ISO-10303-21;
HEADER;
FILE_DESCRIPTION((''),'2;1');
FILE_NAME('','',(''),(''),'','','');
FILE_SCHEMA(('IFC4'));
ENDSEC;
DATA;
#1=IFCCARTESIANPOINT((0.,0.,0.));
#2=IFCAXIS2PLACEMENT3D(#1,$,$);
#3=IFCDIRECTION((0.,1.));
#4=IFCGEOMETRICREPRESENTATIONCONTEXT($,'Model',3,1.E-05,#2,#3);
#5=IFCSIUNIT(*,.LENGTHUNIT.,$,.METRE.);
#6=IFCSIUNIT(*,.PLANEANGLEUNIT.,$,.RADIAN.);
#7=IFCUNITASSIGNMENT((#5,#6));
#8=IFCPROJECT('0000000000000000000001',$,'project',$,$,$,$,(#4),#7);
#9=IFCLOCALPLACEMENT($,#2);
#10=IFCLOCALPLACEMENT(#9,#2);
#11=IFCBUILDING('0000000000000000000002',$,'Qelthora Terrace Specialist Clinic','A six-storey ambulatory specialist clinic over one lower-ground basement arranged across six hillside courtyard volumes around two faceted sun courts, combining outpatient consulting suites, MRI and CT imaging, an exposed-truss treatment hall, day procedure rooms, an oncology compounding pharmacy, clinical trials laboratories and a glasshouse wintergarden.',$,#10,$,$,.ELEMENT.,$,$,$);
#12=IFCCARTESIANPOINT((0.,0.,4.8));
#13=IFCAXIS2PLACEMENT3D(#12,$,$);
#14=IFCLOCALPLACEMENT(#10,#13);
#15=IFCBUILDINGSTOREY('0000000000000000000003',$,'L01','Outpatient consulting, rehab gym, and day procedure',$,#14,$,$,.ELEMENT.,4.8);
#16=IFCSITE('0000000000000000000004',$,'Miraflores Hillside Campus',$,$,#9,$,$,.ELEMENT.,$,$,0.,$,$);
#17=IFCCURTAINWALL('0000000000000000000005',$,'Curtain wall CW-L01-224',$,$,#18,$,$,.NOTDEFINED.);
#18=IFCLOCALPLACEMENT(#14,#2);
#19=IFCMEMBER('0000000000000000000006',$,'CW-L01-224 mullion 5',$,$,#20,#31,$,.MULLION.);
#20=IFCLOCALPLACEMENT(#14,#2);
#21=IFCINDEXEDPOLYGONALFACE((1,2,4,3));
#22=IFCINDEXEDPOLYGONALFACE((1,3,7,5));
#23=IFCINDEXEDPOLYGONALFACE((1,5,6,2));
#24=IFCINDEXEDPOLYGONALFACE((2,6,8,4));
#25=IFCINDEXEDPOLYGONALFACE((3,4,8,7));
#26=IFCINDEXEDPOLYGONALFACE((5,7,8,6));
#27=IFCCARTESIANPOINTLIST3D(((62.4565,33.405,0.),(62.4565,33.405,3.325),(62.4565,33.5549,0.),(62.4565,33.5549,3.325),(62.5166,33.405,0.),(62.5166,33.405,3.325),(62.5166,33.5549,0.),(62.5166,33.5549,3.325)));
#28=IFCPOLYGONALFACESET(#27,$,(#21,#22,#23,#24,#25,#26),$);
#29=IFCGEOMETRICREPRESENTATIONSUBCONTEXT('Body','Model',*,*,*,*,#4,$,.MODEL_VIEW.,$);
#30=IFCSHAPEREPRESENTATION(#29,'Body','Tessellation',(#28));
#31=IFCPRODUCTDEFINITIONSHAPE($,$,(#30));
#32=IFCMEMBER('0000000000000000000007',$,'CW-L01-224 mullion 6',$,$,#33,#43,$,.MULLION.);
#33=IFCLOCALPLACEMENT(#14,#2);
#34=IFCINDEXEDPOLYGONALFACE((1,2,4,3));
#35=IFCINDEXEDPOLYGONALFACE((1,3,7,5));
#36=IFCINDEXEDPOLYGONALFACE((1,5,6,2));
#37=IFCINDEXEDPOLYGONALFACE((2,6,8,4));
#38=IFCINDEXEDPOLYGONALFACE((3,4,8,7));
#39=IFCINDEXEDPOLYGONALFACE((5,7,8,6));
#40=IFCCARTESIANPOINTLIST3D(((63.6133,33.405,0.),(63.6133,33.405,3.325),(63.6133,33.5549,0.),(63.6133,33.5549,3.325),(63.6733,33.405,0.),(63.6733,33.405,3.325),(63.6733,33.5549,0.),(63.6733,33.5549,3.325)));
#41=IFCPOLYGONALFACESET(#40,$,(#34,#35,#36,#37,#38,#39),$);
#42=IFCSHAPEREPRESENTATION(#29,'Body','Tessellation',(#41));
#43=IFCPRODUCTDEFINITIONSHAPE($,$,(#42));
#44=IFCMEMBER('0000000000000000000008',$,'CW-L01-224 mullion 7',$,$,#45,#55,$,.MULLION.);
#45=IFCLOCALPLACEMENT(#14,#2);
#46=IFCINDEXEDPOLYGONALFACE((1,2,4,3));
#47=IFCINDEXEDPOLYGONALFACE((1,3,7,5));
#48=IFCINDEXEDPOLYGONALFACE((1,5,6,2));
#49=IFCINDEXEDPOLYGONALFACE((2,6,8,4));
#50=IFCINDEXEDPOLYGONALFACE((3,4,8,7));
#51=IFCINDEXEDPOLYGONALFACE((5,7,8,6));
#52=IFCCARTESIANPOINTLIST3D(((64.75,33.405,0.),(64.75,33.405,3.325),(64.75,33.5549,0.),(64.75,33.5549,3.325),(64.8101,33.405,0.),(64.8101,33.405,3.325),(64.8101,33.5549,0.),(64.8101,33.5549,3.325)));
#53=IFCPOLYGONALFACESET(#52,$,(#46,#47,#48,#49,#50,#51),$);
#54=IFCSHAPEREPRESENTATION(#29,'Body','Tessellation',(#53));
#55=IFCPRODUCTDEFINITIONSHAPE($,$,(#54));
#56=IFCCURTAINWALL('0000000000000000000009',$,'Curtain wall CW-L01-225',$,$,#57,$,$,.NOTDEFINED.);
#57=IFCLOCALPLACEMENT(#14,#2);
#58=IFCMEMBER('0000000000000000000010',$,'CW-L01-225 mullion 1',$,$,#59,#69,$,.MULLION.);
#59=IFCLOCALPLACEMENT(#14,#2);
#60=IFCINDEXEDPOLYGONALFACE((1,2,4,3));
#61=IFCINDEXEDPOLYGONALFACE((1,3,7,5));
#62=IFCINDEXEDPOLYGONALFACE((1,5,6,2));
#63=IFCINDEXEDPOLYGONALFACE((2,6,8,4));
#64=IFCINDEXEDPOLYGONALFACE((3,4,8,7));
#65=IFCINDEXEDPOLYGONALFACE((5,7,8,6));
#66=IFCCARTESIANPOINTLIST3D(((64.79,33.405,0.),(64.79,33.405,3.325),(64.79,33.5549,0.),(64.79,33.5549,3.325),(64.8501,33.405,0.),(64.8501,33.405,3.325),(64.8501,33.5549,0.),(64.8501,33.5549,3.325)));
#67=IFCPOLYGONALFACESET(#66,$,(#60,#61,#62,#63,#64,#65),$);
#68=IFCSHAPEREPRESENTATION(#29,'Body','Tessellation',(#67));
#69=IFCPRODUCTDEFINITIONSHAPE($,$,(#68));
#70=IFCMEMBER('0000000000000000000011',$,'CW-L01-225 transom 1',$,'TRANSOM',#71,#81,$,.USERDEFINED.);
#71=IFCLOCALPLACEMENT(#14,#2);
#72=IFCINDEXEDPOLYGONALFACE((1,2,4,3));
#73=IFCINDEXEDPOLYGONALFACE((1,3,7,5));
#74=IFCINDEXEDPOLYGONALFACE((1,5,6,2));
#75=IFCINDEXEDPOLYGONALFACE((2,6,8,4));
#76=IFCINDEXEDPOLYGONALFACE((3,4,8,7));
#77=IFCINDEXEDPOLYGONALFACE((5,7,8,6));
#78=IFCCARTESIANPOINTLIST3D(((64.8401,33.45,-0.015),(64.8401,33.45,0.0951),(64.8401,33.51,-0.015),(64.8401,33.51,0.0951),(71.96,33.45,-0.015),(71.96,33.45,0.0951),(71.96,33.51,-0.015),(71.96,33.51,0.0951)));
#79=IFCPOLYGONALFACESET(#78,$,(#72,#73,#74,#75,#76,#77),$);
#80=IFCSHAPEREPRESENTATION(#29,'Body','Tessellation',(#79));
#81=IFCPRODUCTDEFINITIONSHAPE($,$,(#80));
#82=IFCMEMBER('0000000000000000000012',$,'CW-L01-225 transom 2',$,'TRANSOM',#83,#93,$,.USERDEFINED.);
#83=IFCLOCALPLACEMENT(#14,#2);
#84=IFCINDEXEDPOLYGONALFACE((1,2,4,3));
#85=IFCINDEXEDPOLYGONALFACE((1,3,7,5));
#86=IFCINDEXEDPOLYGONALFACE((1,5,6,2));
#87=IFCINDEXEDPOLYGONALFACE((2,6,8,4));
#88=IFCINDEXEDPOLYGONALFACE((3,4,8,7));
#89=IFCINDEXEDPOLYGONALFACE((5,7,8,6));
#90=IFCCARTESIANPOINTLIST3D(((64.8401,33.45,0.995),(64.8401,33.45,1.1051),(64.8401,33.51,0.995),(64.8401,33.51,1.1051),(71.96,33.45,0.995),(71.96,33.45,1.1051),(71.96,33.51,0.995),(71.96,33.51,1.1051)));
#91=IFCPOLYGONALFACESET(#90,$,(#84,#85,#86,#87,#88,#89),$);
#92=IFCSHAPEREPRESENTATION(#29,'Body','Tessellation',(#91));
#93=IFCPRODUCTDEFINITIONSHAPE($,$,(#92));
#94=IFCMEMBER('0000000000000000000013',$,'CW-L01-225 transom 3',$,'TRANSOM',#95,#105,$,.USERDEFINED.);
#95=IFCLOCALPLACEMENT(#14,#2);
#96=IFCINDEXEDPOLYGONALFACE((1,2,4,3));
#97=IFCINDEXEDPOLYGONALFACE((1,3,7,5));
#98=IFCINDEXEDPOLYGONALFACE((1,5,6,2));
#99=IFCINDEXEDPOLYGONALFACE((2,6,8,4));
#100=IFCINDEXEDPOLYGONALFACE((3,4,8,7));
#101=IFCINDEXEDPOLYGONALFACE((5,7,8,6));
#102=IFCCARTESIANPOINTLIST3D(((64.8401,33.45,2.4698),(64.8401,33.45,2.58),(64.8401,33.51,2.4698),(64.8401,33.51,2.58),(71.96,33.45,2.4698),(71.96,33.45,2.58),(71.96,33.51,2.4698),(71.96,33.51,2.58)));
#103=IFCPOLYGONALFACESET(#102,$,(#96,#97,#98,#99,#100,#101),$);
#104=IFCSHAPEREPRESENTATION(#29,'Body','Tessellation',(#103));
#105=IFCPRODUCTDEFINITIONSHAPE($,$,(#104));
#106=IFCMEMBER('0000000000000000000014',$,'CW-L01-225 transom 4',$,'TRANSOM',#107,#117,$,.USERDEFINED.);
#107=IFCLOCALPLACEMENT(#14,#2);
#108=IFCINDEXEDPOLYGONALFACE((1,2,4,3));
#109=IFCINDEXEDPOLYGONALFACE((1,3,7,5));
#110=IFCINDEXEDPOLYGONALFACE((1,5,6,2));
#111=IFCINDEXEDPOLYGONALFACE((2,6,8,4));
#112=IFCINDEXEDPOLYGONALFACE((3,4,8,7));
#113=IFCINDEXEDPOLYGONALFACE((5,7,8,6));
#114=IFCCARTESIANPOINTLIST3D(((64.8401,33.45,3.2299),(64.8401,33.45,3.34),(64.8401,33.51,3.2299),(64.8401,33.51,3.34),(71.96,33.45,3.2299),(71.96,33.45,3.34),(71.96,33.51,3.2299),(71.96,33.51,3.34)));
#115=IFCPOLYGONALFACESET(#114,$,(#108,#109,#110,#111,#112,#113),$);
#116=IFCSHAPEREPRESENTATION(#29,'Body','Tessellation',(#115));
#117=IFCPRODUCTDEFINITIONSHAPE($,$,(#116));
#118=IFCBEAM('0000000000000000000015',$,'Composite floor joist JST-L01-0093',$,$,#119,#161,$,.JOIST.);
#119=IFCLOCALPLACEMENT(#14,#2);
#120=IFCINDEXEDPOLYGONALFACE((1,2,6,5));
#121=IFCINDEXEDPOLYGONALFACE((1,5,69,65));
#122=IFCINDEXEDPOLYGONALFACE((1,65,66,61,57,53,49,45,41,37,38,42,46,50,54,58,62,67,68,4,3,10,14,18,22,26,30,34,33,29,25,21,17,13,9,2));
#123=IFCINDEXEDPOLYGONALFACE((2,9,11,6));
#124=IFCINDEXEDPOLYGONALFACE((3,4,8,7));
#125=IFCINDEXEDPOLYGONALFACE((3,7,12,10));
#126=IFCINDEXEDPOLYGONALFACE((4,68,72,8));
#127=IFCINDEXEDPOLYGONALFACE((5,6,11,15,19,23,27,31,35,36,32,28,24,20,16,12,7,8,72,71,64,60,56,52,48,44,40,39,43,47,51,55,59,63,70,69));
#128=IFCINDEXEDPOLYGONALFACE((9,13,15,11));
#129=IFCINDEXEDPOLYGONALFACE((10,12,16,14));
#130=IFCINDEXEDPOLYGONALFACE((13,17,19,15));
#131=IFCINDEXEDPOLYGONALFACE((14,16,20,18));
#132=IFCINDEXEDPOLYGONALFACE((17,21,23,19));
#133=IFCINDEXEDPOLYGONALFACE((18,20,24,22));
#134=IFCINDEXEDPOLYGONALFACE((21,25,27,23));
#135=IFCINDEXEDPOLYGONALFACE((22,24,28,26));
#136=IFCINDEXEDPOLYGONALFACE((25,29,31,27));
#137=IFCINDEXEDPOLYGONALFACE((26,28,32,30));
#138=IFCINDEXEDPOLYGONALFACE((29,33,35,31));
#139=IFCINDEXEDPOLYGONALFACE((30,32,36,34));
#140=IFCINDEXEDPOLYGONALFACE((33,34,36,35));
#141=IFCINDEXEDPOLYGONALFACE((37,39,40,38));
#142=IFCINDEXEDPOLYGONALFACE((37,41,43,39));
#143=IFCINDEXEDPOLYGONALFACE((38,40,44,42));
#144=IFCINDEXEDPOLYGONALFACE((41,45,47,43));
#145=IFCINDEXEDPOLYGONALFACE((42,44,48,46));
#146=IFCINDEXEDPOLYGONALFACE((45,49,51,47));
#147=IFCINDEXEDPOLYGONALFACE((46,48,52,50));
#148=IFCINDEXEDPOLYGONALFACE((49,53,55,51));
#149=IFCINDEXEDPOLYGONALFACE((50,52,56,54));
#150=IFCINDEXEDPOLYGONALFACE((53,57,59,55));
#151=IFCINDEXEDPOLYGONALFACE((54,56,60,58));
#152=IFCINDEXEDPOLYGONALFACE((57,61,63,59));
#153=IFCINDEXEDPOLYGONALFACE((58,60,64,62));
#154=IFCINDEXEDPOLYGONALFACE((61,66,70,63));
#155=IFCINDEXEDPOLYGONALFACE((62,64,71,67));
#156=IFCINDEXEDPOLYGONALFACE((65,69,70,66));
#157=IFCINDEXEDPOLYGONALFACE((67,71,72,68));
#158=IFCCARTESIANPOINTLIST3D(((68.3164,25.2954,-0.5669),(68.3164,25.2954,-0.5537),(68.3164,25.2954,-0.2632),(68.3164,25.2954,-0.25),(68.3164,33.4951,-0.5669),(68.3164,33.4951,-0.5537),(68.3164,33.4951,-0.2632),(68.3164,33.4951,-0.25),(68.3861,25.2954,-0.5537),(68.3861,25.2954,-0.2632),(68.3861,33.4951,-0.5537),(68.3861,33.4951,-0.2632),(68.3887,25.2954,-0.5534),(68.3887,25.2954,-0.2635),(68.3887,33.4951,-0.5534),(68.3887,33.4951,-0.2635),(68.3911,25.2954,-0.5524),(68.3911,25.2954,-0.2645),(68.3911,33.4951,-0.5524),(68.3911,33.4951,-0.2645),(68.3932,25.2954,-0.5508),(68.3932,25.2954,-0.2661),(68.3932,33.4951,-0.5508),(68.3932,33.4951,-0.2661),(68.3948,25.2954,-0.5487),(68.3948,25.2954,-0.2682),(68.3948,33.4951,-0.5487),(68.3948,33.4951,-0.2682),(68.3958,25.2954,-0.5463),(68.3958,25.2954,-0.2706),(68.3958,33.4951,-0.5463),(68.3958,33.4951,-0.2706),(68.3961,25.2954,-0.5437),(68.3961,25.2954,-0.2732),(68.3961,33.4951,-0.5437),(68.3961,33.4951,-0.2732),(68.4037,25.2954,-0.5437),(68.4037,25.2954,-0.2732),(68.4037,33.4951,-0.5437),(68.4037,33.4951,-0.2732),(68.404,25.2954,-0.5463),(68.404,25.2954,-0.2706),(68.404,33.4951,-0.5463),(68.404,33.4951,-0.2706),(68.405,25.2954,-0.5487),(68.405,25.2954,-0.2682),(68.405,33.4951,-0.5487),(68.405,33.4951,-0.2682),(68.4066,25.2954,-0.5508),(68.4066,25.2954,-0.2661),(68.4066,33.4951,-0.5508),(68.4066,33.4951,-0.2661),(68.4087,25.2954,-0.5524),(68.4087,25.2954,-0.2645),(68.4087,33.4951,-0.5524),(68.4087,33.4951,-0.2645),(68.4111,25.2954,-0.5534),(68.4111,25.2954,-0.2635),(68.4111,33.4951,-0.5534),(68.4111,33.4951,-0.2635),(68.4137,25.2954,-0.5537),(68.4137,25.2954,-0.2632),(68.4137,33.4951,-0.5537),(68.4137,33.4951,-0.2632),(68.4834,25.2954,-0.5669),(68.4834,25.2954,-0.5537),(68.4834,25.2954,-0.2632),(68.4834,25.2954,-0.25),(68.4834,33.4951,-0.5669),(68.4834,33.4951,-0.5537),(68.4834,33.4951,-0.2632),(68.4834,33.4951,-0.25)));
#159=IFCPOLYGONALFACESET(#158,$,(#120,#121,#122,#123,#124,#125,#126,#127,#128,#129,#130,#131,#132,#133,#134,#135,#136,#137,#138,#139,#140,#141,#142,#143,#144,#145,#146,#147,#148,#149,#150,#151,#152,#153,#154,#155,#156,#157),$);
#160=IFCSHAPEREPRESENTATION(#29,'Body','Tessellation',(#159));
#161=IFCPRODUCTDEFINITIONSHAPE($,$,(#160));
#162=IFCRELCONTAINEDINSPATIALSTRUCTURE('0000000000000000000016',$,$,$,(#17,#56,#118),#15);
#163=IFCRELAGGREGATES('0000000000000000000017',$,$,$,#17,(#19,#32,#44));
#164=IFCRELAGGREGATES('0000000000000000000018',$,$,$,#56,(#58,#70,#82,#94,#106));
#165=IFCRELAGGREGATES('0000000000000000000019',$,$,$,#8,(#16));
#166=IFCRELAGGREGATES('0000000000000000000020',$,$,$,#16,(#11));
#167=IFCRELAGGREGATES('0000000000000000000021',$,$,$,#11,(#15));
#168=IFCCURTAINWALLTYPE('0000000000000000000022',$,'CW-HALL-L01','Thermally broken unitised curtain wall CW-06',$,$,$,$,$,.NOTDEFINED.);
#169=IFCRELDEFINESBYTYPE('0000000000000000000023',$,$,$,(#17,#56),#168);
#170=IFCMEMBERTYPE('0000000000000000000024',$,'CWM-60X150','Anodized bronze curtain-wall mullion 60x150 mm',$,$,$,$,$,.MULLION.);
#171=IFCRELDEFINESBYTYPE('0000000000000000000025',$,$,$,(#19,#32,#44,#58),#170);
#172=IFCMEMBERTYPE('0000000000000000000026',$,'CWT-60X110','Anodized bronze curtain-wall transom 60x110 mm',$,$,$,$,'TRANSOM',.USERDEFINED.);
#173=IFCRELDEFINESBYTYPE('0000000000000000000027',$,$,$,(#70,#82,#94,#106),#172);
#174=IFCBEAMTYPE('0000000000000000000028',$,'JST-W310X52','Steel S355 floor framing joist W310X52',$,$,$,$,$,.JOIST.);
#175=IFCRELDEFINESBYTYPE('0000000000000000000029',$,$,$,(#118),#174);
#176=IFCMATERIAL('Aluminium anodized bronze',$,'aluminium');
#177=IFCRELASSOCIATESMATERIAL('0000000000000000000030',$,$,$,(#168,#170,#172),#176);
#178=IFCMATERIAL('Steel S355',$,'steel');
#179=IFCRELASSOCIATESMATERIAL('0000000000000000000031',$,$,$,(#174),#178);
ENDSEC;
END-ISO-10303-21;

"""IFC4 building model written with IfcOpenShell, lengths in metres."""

from ifc_helpers import new_model, si_unit, direction, frame, origin, origin_2d, place, context, subcontext, project, spatial, rectangle, i_section, extrude, material, material_profile, profile_set, type_object, element, aggregate, save


model = new_model("IFC4")

# Units and contexts
model_context = context("Model", 3, precision=1e-05, world=origin(), true_north=direction((0.0, 1.0)))
body_context = subcontext(model_context, "Body", "Model", "MODEL_VIEW")
ifc_project = project(units=[si_unit("LENGTHUNIT", "METRE"), si_unit("PLANEANGLEUNIT", "RADIAN")], contexts=[model_context])

# Site, building, storey
site_placement = place(None, origin())
site = spatial("IfcSite", under=ifc_project, at=site_placement, Name="Miraflores Hillside Campus", CompositionType="ELEMENT", RefElevation=0.0)
building_placement = place(site_placement, origin())
building = spatial("IfcBuilding", under=site, at=building_placement, Name="Qelthora Terrace Specialist Clinic", Description="A six-storey ambulatory specialist clinic over one lower-ground basement arranged across six hillside courtyard volumes around two faceted sun courts, combining outpatient consulting suites, MRI and CT imaging, an exposed-truss treatment hall, day procedure rooms, an oncology compounding pharmacy, clinical trials laboratories and a glasshouse wintergarden.", CompositionType="ELEMENT")
storey_placement = place(building_placement, frame((0.0, 0.0, 4.8)))
storey = spatial("IfcBuildingStorey", under=building, at=storey_placement, Name="L01", Description="Outpatient consulting, rehab gym, and day procedure", CompositionType="ELEMENT", Elevation=4.8)

# Curtain walls, members
ifc_material_1 = material(Name="Aluminium anodized bronze", Category="aluminium")
curtain_wall_type = type_object("IfcCurtainWallType", Name="CW-HALL-L01", Description="Thermally broken unitised curtain wall CW-06", PredefinedType="NOTDEFINED", material=ifc_material_1)
curtain_wall_1_placement = place(storey_placement, origin())
curtain_wall_1 = element("IfcCurtainWall", 1, at=curtain_wall_1_placement, inside=storey, type_object=curtain_wall_type, Name="Curtain wall CW-L01-224", PredefinedType="NOTDEFINED")
ifc_material_profile_1 = material_profile(ifc_material_1, rectangle(XDim=0.0601, YDim=0.1499, at=origin_2d()), Name="CWM60X150")
ifc_profile_set_1 = profile_set([ifc_material_profile_1], Name="Aluminium anodized bronze")
member_type_1 = type_object("IfcMemberType", Name="CWM-60X150", Description="Anodized bronze curtain-wall mullion 60x150 mm", PredefinedType="MULLION", material=ifc_profile_set_1)
member_1_placement = place(storey_placement, frame((62.4866, 33.48, 0.0), z_axis=(0.0, 0.0, 1.0), x_axis=(1.0, 0.0, 0.0)))
member_1 = element("IfcMember", 2, at=member_1_placement, type_object=member_type_1, Name="CW-L01-224 mullion 5", PredefinedType="MULLION", context=body_context, shape_type="SweptSolid", body=[
    extrude(rectangle(XDim=0.0601, YDim=0.1499, at=origin_2d()), origin(), (0.0, 0.0, 1.0), 3.325),
])
member_2_placement = place(storey_placement, frame((63.6433, 33.48, 0.0), z_axis=(0.0, 0.0, 1.0), x_axis=(1.0, 0.0, 0.0)))
member_2 = element("IfcMember", 3, at=member_2_placement, type_object=member_type_1, Name="CW-L01-224 mullion 6", PredefinedType="MULLION", context=body_context, shape_type="SweptSolid", body=[
    extrude(rectangle(XDim=0.0601, YDim=0.1499, at=origin_2d()), origin(), (0.0, 0.0, 1.0), 3.325),
])
member_3_placement = place(storey_placement, frame((64.78, 33.48, 0.0), z_axis=(0.0, 0.0, 1.0), x_axis=(1.0, 0.0, 0.0)))
member_3 = element("IfcMember", 4, at=member_3_placement, type_object=member_type_1, Name="CW-L01-224 mullion 7", PredefinedType="MULLION", context=body_context, shape_type="SweptSolid", body=[
    extrude(rectangle(XDim=0.0601, YDim=0.1499, at=origin_2d()), origin(), (0.0, 0.0, 1.0), 3.325),
])
curtain_wall_2_placement = place(storey_placement, origin())
curtain_wall_2 = element("IfcCurtainWall", 5, at=curtain_wall_2_placement, inside=storey, type_object=curtain_wall_type, Name="Curtain wall CW-L01-225", PredefinedType="NOTDEFINED")
member_4_placement = place(storey_placement, frame((64.8201, 33.48, 0.0), z_axis=(0.0, 0.0, 1.0), x_axis=(1.0, 0.0, 0.0)))
member_4 = element("IfcMember", 6, at=member_4_placement, type_object=member_type_1, Name="CW-L01-225 mullion 1", PredefinedType="MULLION", context=body_context, shape_type="SweptSolid", body=[
    extrude(rectangle(XDim=0.0601, YDim=0.1499, at=origin_2d()), origin(), (0.0, 0.0, 1.0), 3.325),
])
ifc_material_profile_2 = material_profile(ifc_material_1, rectangle(XDim=0.0601, YDim=0.1101, at=origin_2d()), Name="CWT60X110")
ifc_profile_set_2 = profile_set([ifc_material_profile_2], Name="Aluminium anodized bronze")
member_type_2 = type_object("IfcMemberType", Name="CWT-60X110", Description="Anodized bronze curtain-wall transom 60x110 mm", ElementType="TRANSOM", PredefinedType="USERDEFINED", material=ifc_profile_set_2)
member_5_placement = place(storey_placement, frame((64.8401, 33.48, 0.04), z_axis=(1.0, 0.0, 0.0), x_axis=(0.0, 1.0, 0.0)))
member_5 = element("IfcMember", 7, at=member_5_placement, type_object=member_type_2, Name="CW-L01-225 transom 1", ObjectType="TRANSOM", PredefinedType="USERDEFINED", context=body_context, shape_type="SweptSolid", body=[
    extrude(rectangle(XDim=0.0601, YDim=0.1101, at=origin_2d()), origin(), (0.0, 0.0, 1.0), 7.1199),
])
member_6_placement = place(storey_placement, frame((64.8401, 33.48, 1.05), z_axis=(1.0, 0.0, 0.0), x_axis=(0.0, 1.0, 0.0)))
member_6 = element("IfcMember", 8, at=member_6_placement, type_object=member_type_2, Name="CW-L01-225 transom 2", ObjectType="TRANSOM", PredefinedType="USERDEFINED", context=body_context, shape_type="SweptSolid", body=[
    extrude(rectangle(XDim=0.0601, YDim=0.1101, at=origin_2d()), origin(), (0.0, 0.0, 1.0), 7.1199),
])
member_7_placement = place(storey_placement, frame((64.8401, 33.48, 2.5249), z_axis=(1.0, 0.0, 0.0), x_axis=(0.0, 1.0, 0.0)))
member_7 = element("IfcMember", 9, at=member_7_placement, type_object=member_type_2, Name="CW-L01-225 transom 3", ObjectType="TRANSOM", PredefinedType="USERDEFINED", context=body_context, shape_type="SweptSolid", body=[
    extrude(rectangle(XDim=0.0601, YDim=0.1101, at=origin_2d()), origin(), (0.0, 0.0, 1.0), 7.1199),
])
member_8_placement = place(storey_placement, frame((64.8401, 33.48, 3.2849), z_axis=(1.0, 0.0, 0.0), x_axis=(0.0, 1.0, 0.0)))
member_8 = element("IfcMember", 10, at=member_8_placement, type_object=member_type_2, Name="CW-L01-225 transom 4", ObjectType="TRANSOM", PredefinedType="USERDEFINED", context=body_context, shape_type="SweptSolid", body=[
    extrude(rectangle(XDim=0.0601, YDim=0.1101, at=origin_2d()), origin(), (0.0, 0.0, 1.0), 7.1199),
])

# Beam
ifc_material_2 = material(Name="Steel S355", Category="steel")
ifc_material_profile_3 = material_profile(ifc_material_2, i_section(OverallWidth=0.167, OverallDepth=0.3169, WebThickness=0.0076, FlangeThickness=0.0132, FilletRadius=0.01, at=origin_2d()), Name="W310X52")
ifc_profile_set_3 = profile_set([ifc_material_profile_3], Name="Steel S355")
beam_type_1 = type_object("IfcBeamType", Name="JST-W310X52", Description="Steel S355 floor framing joist W310X52", PredefinedType="JOIST", material=ifc_profile_set_3)
beam_1_placement = place(storey_placement, frame((68.3999, 25.2954, -0.4084), z_axis=(0.0, 1.0, 0.0), x_axis=(-1.0, 0.0, 0.0)))
element("IfcBeam", 11, at=beam_1_placement, inside=storey, type_object=beam_type_1, Name="Composite floor joist JST-L01-0093", PredefinedType="JOIST", context=body_context, shape_type="SweptSolid", body=[
    extrude(i_section(OverallWidth=0.167, OverallDepth=0.3169, WebThickness=0.0076, FlangeThickness=0.0132, FilletRadius=0.01, at=origin_2d()), origin(), (0.0, 0.0, 1.0), 8.1997),
])

aggregate(curtain_wall_1, [member_1, member_2, member_3])
aggregate(curtain_wall_2, [member_4, member_5, member_6, member_7, member_8])

save(model, "model.ifc")
